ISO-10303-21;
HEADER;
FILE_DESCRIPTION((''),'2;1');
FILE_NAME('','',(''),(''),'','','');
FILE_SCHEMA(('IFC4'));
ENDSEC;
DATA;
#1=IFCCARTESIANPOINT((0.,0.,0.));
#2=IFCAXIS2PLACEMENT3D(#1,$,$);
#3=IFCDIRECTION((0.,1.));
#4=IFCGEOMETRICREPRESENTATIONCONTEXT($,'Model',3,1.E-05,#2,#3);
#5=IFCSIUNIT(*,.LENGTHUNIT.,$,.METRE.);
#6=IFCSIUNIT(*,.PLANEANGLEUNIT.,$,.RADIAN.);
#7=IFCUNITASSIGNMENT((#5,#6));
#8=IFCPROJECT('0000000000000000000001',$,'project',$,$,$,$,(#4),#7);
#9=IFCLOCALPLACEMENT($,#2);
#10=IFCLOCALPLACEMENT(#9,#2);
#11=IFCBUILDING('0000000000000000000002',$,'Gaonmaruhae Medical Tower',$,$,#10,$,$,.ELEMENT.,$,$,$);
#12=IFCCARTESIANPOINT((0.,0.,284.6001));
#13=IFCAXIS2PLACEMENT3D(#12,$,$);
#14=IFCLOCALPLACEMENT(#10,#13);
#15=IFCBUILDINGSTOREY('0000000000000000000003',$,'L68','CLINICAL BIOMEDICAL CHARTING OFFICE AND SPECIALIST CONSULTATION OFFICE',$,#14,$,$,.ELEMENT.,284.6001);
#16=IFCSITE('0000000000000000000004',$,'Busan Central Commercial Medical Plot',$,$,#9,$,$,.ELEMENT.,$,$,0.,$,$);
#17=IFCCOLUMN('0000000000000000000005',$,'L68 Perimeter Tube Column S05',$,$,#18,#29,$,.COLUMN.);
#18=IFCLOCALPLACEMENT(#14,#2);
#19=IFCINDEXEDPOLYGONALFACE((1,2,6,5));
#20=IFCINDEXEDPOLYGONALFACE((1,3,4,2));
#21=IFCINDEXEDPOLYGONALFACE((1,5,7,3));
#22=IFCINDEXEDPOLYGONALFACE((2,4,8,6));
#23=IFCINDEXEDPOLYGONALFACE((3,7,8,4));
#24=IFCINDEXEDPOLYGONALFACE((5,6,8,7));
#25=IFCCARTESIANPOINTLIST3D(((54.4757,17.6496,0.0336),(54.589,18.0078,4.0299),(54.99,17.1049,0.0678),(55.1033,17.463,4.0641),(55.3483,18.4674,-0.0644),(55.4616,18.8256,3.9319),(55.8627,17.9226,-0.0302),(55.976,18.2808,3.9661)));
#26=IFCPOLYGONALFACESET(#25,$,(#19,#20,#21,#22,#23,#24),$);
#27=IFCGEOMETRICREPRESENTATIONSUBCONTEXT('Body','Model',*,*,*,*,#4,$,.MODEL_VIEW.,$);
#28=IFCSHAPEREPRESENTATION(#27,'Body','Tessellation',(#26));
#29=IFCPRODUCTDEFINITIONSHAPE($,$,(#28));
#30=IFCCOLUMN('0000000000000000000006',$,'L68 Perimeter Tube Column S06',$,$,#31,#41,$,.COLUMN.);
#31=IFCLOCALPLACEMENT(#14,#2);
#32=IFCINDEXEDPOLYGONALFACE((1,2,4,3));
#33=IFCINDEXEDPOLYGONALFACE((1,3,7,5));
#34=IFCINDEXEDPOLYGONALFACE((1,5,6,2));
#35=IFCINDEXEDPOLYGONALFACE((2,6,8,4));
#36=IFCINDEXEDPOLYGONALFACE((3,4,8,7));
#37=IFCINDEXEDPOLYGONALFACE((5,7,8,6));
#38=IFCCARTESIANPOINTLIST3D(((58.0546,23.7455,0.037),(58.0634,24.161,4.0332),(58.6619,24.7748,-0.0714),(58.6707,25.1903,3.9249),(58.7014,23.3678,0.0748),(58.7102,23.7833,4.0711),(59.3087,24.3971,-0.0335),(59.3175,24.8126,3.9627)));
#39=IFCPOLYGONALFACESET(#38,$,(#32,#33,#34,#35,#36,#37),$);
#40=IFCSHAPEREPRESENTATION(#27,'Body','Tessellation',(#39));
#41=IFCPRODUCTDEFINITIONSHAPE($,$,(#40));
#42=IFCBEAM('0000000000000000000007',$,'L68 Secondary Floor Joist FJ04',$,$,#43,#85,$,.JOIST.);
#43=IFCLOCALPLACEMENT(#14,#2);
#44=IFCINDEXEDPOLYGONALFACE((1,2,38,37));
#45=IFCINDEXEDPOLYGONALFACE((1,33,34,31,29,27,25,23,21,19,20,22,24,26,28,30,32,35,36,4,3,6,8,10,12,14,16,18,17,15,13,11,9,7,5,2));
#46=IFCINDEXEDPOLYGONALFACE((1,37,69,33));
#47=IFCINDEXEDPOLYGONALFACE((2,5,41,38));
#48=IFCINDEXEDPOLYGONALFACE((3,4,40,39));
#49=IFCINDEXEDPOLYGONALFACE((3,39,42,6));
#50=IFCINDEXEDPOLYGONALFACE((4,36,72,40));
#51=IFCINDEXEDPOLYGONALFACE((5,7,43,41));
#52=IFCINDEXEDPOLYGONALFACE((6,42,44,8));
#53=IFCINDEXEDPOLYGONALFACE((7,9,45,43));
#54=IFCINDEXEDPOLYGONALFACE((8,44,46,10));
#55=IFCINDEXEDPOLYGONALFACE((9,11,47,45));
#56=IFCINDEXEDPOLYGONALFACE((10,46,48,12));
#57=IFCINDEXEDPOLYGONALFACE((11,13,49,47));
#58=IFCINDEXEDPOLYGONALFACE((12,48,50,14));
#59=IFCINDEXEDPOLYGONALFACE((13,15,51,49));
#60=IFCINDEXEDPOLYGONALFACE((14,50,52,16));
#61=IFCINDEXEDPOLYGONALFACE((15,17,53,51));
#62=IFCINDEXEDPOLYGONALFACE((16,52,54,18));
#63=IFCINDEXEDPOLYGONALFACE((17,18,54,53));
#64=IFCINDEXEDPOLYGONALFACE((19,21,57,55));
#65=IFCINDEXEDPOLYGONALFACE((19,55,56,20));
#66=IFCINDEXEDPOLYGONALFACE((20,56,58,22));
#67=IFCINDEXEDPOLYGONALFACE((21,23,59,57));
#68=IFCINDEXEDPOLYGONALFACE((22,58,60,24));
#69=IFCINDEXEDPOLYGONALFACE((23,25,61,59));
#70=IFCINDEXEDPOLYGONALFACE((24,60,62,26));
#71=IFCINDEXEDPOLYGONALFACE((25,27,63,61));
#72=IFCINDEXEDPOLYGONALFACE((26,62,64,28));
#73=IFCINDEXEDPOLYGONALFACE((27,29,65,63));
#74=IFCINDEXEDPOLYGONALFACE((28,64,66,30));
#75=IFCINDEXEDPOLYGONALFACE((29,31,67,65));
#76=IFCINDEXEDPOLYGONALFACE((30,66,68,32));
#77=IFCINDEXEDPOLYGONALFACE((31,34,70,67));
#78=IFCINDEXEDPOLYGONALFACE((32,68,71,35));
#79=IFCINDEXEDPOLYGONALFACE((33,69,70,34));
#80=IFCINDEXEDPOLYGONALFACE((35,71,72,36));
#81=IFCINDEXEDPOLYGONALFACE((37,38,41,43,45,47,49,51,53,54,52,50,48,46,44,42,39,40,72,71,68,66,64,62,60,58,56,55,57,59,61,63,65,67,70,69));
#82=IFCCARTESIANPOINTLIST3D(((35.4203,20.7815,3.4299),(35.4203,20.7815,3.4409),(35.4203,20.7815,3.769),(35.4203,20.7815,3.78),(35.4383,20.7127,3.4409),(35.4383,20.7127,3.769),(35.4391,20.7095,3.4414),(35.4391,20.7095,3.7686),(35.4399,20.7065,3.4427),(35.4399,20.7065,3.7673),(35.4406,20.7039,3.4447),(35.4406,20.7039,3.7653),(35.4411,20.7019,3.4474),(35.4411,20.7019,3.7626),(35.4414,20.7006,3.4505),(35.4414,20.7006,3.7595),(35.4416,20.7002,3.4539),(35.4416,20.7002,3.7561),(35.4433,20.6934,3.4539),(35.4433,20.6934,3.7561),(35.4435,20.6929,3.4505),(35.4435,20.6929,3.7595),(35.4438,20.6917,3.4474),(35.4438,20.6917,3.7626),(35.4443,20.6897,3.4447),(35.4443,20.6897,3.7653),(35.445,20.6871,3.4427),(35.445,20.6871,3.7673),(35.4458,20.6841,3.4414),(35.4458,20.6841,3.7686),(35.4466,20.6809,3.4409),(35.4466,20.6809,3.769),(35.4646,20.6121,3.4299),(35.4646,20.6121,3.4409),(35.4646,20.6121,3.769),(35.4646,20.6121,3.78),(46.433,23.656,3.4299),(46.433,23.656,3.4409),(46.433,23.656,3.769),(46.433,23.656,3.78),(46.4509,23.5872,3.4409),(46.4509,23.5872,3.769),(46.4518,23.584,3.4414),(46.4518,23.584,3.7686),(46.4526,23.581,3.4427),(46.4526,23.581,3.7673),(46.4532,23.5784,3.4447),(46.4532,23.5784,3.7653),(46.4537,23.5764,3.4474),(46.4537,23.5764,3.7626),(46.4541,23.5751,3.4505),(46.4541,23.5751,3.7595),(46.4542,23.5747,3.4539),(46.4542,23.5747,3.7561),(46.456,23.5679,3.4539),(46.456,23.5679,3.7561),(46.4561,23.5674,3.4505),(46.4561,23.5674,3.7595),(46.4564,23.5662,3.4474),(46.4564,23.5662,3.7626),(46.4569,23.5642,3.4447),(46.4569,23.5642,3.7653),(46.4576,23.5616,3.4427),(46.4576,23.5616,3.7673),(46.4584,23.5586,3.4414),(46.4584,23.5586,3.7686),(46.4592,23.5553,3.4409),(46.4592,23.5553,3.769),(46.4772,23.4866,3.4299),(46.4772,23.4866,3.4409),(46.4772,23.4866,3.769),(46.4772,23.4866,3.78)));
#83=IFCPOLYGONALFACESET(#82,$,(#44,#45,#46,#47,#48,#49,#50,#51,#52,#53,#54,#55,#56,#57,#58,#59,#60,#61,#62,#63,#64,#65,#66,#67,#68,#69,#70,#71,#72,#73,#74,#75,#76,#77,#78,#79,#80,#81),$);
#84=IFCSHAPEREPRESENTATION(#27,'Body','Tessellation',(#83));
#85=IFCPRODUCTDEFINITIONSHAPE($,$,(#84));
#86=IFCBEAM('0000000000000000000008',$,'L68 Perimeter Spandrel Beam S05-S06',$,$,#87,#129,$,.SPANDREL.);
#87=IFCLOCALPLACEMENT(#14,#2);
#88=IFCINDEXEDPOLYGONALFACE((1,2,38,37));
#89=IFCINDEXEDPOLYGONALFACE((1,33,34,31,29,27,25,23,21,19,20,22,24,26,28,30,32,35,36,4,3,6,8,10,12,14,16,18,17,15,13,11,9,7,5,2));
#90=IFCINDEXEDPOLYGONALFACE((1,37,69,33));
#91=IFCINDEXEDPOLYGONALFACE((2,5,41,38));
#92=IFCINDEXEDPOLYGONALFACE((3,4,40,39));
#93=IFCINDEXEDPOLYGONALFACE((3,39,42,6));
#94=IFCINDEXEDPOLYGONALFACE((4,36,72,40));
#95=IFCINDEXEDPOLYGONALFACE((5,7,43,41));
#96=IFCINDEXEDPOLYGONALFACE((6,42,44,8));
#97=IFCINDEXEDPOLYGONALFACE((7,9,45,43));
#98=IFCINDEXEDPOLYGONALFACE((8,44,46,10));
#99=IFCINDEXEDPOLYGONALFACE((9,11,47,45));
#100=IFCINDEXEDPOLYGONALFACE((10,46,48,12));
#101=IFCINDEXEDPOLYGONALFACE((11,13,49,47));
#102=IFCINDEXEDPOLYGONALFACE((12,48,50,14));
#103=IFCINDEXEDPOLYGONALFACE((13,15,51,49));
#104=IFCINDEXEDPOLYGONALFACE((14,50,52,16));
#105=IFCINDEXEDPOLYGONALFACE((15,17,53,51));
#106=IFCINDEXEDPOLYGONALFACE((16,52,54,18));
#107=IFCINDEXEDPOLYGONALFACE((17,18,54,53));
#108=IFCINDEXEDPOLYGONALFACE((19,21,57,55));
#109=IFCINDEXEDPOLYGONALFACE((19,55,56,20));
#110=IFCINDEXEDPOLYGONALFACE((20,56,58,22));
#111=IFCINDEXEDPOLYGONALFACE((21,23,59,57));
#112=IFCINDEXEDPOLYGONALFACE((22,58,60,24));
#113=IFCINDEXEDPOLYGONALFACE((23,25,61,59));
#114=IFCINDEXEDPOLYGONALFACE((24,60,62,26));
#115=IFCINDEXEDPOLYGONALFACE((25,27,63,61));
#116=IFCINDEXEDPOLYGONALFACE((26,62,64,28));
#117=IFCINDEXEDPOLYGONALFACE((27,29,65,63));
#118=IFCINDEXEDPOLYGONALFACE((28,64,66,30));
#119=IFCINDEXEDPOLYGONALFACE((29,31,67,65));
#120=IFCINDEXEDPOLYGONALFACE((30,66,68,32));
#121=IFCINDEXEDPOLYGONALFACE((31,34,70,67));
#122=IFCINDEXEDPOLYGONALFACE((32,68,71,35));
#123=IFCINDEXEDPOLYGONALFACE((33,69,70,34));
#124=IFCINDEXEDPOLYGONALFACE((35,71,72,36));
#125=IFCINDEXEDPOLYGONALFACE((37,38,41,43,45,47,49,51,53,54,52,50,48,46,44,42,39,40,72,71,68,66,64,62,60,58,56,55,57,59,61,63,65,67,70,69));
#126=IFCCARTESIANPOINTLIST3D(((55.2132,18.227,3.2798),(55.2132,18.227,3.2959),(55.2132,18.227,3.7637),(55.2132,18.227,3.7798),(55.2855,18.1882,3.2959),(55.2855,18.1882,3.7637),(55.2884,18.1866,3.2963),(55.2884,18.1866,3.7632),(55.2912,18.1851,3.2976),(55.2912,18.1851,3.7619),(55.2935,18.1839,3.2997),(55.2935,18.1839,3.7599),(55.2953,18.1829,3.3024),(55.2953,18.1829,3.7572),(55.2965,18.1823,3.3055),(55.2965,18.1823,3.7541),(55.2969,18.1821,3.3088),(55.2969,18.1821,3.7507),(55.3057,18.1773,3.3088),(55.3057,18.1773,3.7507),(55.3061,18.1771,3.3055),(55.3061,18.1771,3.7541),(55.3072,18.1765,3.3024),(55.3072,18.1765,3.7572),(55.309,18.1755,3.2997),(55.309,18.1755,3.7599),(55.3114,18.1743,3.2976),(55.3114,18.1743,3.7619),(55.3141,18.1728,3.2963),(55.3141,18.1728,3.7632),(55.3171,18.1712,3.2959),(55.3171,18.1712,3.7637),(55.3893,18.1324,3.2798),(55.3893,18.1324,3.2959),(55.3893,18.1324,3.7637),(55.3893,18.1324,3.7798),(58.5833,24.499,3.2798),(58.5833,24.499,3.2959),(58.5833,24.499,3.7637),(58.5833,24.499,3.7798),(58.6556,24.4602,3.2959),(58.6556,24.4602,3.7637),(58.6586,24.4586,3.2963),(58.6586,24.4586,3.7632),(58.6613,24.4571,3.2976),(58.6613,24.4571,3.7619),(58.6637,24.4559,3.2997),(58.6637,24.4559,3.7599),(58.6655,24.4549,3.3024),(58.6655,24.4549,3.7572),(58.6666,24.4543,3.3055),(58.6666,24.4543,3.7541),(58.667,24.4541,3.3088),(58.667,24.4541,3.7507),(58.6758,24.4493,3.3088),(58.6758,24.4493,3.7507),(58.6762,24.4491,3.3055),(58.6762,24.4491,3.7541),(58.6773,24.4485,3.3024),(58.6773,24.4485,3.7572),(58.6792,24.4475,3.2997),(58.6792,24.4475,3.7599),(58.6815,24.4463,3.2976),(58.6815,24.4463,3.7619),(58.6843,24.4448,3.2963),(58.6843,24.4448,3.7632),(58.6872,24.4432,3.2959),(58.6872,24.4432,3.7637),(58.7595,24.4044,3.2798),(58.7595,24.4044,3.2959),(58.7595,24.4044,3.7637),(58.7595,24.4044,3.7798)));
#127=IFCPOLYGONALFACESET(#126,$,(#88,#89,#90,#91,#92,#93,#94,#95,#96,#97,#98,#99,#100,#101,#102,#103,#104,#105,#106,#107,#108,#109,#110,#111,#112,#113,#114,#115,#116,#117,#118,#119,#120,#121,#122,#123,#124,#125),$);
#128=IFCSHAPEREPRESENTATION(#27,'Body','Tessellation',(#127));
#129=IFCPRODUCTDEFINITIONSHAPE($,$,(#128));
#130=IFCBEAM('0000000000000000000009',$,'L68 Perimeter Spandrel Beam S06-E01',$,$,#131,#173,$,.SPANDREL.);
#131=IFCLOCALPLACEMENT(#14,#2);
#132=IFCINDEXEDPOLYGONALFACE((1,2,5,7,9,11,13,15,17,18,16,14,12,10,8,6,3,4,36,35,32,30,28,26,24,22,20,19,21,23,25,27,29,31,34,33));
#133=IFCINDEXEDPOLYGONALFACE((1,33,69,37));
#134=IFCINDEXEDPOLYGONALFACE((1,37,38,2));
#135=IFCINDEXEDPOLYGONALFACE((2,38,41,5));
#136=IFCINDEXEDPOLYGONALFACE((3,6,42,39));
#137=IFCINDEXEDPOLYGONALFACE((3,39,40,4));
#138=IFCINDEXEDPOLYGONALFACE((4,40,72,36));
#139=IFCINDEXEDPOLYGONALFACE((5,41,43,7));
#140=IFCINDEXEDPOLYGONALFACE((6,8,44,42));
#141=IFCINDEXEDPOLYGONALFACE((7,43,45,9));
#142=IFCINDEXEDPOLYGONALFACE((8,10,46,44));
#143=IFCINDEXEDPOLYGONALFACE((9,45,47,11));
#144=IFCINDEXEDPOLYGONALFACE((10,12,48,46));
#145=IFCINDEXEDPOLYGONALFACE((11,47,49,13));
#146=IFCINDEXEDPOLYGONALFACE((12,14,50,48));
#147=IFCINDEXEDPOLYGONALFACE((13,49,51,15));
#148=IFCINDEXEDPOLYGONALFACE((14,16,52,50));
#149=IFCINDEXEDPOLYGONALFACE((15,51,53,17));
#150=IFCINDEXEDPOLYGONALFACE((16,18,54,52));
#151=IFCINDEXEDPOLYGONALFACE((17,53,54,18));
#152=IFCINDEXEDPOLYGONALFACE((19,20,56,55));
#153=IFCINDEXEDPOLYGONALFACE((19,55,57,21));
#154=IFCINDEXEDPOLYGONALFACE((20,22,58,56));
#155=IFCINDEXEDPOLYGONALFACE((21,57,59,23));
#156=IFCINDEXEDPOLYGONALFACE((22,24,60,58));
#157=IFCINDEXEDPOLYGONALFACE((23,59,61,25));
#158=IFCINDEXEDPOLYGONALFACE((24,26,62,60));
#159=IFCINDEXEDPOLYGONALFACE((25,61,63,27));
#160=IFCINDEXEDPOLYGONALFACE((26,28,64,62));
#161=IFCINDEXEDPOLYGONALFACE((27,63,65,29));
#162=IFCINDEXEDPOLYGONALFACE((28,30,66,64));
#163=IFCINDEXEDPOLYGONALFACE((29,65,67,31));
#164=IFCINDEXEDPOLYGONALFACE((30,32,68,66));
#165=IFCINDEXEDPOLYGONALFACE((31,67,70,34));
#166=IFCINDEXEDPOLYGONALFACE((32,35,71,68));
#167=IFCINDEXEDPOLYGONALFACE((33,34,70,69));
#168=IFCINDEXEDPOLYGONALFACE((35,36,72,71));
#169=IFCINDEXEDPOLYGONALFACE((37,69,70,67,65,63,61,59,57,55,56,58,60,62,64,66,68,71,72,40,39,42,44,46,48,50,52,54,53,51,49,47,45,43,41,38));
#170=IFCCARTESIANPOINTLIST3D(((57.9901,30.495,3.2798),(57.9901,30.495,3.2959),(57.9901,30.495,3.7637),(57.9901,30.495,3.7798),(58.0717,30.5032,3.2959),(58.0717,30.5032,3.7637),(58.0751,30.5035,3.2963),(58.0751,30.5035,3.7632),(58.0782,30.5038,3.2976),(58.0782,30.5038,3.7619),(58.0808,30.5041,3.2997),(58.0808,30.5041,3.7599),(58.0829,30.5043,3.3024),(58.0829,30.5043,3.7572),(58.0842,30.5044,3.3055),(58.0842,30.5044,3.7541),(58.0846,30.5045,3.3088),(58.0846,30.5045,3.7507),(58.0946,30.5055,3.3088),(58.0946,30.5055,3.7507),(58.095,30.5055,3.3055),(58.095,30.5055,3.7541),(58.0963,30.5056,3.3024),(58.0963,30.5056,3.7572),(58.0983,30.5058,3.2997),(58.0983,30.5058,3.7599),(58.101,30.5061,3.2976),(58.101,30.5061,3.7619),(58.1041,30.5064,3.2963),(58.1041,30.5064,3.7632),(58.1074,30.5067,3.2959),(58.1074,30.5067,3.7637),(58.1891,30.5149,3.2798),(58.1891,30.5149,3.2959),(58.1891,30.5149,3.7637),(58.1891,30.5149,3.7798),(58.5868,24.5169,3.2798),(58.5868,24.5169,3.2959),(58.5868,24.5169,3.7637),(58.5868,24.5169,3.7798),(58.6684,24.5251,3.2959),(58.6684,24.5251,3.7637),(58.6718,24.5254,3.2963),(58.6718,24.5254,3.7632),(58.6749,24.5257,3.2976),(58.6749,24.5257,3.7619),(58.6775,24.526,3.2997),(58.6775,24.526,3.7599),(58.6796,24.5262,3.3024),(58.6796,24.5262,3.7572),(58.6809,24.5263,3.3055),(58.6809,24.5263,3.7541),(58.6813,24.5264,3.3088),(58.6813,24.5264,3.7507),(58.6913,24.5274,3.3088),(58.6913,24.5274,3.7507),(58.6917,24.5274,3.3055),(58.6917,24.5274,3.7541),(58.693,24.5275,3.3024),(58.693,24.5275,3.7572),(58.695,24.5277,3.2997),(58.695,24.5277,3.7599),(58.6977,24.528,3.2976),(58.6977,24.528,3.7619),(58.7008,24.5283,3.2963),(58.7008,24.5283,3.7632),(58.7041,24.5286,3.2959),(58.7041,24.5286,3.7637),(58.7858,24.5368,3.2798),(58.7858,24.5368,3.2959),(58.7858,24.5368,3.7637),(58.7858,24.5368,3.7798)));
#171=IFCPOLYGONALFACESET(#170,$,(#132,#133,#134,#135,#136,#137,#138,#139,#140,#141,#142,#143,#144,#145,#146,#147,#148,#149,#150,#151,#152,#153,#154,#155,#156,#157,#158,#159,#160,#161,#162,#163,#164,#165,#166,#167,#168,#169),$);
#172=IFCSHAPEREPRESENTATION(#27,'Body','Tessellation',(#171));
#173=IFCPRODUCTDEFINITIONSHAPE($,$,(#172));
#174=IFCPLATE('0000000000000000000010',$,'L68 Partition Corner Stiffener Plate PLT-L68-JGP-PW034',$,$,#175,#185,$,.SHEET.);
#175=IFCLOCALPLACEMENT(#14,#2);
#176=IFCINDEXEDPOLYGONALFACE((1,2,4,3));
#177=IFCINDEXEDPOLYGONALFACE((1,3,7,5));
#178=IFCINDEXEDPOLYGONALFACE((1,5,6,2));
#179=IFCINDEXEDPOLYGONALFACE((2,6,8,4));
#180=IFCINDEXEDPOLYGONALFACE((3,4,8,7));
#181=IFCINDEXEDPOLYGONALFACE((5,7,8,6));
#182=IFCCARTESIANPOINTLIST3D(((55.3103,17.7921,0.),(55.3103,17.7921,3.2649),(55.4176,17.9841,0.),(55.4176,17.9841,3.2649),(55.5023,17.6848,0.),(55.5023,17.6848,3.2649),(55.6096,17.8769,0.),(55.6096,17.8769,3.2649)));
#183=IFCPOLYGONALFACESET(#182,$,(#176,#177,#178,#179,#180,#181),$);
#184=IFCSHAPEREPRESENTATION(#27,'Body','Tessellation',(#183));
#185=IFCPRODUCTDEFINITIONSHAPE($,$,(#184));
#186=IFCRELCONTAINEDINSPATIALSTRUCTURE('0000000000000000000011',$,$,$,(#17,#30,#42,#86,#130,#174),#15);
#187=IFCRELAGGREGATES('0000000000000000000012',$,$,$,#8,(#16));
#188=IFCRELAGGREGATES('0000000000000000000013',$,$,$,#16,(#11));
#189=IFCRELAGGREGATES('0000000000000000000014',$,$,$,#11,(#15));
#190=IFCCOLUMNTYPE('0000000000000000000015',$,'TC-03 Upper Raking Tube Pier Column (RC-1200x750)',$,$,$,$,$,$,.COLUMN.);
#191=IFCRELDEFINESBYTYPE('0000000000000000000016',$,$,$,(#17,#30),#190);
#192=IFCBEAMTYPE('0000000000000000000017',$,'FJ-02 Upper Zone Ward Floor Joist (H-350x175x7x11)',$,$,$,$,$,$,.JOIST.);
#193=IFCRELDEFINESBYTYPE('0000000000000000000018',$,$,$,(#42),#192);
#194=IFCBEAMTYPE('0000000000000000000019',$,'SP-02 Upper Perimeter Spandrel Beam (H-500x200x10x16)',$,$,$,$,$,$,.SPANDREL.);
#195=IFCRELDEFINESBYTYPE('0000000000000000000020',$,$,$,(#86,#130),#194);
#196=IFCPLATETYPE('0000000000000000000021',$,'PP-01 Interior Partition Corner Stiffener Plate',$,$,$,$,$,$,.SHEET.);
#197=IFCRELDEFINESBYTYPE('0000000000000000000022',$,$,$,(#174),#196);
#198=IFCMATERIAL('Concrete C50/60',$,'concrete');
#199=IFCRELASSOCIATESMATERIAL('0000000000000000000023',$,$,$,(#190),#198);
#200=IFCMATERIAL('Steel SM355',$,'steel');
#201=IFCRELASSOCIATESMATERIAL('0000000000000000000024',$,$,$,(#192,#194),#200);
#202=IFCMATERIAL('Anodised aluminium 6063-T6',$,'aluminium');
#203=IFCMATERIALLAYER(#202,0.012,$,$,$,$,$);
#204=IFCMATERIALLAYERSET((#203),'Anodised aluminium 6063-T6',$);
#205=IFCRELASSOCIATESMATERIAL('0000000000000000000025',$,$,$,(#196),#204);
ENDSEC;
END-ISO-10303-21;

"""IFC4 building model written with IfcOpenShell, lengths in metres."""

from ifc_helpers import new_model, si_unit, direction, frame, origin, origin_2d, place, context, subcontext, project, spatial, rectangle, i_section, extrude, material, layer, layer_set, material_profile, profile_set, type_object, element, save


model = new_model("IFC4")

# Units and contexts
model_context = context("Model", 3, precision=1e-05, world=origin(), true_north=direction((0.0, 1.0)))
body_context = subcontext(model_context, "Body", "Model", "MODEL_VIEW")
ifc_project = project(units=[si_unit("LENGTHUNIT", "METRE"), si_unit("PLANEANGLEUNIT", "RADIAN")], contexts=[model_context])

# Site, building, storey
site_placement = place(None, origin())
site = spatial("IfcSite", under=ifc_project, at=site_placement, Name="Busan Central Commercial Medical Plot", CompositionType="ELEMENT", RefElevation=0.0)
building_placement = place(site_placement, origin())
building = spatial("IfcBuilding", under=site, at=building_placement, Name="Gaonmaruhae Medical Tower", CompositionType="ELEMENT")
storey_placement = place(building_placement, frame((0.0, 0.0, 284.6001)))
storey = spatial("IfcBuildingStorey", under=building, at=storey_placement, Name="L68", Description="CLINICAL BIOMEDICAL CHARTING OFFICE AND SPECIALIST CONSULTATION OFFICE", CompositionType="ELEMENT", Elevation=284.6001)

# Columns
ifc_material_1 = material(Name="Concrete C50/60", Category="concrete")
ifc_material_profile_1 = material_profile(ifc_material_1, rectangle(XDim=1.2, YDim=0.75, at=origin_2d()), Name="RC-1200x750")
ifc_profile_set_1 = profile_set([ifc_material_profile_1], Name="Concrete C50/60")
column_type = type_object("IfcColumnType", Name="TC-03 Upper Raking Tube Pier Column (RC-1200x750)", PredefinedType="COLUMN", material=ifc_profile_set_1)
column_1_placement = place(storey_placement, frame((55.1692, 17.7861, 0.0017), z_axis=(0.028222, 0.089227, 0.995611), x_axis=(-0.727236, -0.681508, 0.081692)))
element("IfcColumn", 1, at=column_1_placement, inside=storey, type_object=column_type, Name="L68 Perimeter Tube Column S05", PredefinedType="COLUMN", context=body_context, shape_type="SweptSolid", body=[
    extrude(rectangle(XDim=1.2, YDim=0.75, at=origin_2d()), origin(), (0.0, 0.0, 1.0), 4.0139),
])
column_2_placement = place(storey_placement, frame((58.6816, 24.0713, 0.0017), z_axis=(0.002187, 0.103419, 0.994635), x_axis=(-0.506111, -0.857728, 0.090297)))
element("IfcColumn", 2, at=column_2_placement, inside=storey, type_object=column_type, Name="L68 Perimeter Tube Column S06", PredefinedType="COLUMN", context=body_context, shape_type="SweptSolid", body=[
    extrude(rectangle(XDim=1.2, YDim=0.75, at=origin_2d()), origin(), (0.0, 0.0, 1.0), 4.0178),
])

# Beams
ifc_material_2 = material(Name="Steel SM355", Category="steel")
ifc_material_profile_2 = material_profile(ifc_material_2, i_section(OverallWidth=0.175, OverallDepth=0.3501, WebThickness=0.0071, FlangeThickness=0.011, FilletRadius=0.0129, at=origin_2d()), Name="H-350x175x7x11")
ifc_profile_set_2 = profile_set([ifc_material_profile_2], Name="Steel SM355")
beam_type_1 = type_object("IfcBeamType", Name="FJ-02 Upper Zone Ward Floor Joist (H-350x175x7x11)", PredefinedType="JOIST", material=ifc_profile_set_2)
beam_1_placement = place(storey_placement, frame((46.4551, 23.5713, 3.605), z_axis=(-0.967582, -0.252556, 0.0), x_axis=(0.252556, -0.967582, 0.0)))
element("IfcBeam", 3, at=beam_1_placement, inside=storey, type_object=beam_type_1, Name="L68 Secondary Floor Joist FJ04", PredefinedType="JOIST", context=body_context, shape_type="SweptSolid", body=[
    extrude(i_section(OverallWidth=0.175, OverallDepth=0.3501, WebThickness=0.0071, FlangeThickness=0.011, FilletRadius=0.0129, at=origin_2d()), origin(), (0.0, 0.0, 1.0), 11.3816),
])
ifc_material_profile_3 = material_profile(ifc_material_2, i_section(OverallWidth=0.2, OverallDepth=0.5, WebThickness=0.01, FlangeThickness=0.0161, FilletRadius=0.0129, at=origin_2d()), Name="H-500x200x10x16")
ifc_profile_set_3 = profile_set([ifc_material_profile_3], Name="Steel SM355")
beam_type_2 = type_object("IfcBeamType", Name="SP-02 Upper Perimeter Spandrel Beam (H-500x200x10x16)", PredefinedType="SPANDREL", material=ifc_profile_set_3)
beam_2_placement = place(storey_placement, frame((55.3013, 18.1797, 3.5298), z_axis=(0.473327, 0.880887, 0.0), x_axis=(-0.880887, 0.473327, 0.0)))
element("IfcBeam", 4, at=beam_2_placement, inside=storey, type_object=beam_type_2, Name="L68 Perimeter Spandrel Beam S05-S06", PredefinedType="SPANDREL", context=body_context, shape_type="SweptSolid", body=[
    extrude(i_section(OverallWidth=0.2, OverallDepth=0.5, WebThickness=0.01, FlangeThickness=0.0161, FilletRadius=0.0129, at=origin_2d()), origin(), (0.0, 0.0, 1.0), 7.1201),
])
beam_3_placement = place(storey_placement, frame((58.6863, 24.5269, 3.5298), z_axis=(-0.099319, 0.995056, 0.0), x_axis=(-0.995056, -0.099319, 0.0)))
element("IfcBeam", 5, at=beam_3_placement, inside=storey, type_object=beam_type_2, Name="L68 Perimeter Spandrel Beam S06-E01", PredefinedType="SPANDREL", context=body_context, shape_type="SweptSolid", body=[
    extrude(i_section(OverallWidth=0.2, OverallDepth=0.5, WebThickness=0.01, FlangeThickness=0.0161, FilletRadius=0.0129, at=origin_2d()), origin(), (0.0, 0.0, 1.0), 6.0078),
])

# Plate
ifc_material_3 = material(Name="Anodised aluminium 6063-T6", Category="aluminium")
ifc_layer_1 = layer(ifc_material_3, 0.012)
ifc_layer_set_1 = layer_set([ifc_layer_1], Name="Anodised aluminium 6063-T6")
plate_type = type_object("IfcPlateType", Name="PP-01 Interior Partition Corner Stiffener Plate", PredefinedType="SHEET", material=ifc_layer_set_1)
plate_1_placement = place(storey_placement, frame((55.46, 17.8345, 0.0), z_axis=(0.0, 0.0, 1.0), x_axis=(-0.487677, -0.873024, 0.0)))
element("IfcPlate", 6, at=plate_1_placement, inside=storey, type_object=plate_type, Name="L68 Partition Corner Stiffener Plate PLT-L68-JGP-PW034", PredefinedType="SHEET", context=body_context, shape_type="SweptSolid", body=[
    extrude(rectangle(XDim=0.22, YDim=0.22, at=origin_2d()), origin(), (0.0, 0.0, 1.0), 3.2649),
])

save(model, "model.ifc")
